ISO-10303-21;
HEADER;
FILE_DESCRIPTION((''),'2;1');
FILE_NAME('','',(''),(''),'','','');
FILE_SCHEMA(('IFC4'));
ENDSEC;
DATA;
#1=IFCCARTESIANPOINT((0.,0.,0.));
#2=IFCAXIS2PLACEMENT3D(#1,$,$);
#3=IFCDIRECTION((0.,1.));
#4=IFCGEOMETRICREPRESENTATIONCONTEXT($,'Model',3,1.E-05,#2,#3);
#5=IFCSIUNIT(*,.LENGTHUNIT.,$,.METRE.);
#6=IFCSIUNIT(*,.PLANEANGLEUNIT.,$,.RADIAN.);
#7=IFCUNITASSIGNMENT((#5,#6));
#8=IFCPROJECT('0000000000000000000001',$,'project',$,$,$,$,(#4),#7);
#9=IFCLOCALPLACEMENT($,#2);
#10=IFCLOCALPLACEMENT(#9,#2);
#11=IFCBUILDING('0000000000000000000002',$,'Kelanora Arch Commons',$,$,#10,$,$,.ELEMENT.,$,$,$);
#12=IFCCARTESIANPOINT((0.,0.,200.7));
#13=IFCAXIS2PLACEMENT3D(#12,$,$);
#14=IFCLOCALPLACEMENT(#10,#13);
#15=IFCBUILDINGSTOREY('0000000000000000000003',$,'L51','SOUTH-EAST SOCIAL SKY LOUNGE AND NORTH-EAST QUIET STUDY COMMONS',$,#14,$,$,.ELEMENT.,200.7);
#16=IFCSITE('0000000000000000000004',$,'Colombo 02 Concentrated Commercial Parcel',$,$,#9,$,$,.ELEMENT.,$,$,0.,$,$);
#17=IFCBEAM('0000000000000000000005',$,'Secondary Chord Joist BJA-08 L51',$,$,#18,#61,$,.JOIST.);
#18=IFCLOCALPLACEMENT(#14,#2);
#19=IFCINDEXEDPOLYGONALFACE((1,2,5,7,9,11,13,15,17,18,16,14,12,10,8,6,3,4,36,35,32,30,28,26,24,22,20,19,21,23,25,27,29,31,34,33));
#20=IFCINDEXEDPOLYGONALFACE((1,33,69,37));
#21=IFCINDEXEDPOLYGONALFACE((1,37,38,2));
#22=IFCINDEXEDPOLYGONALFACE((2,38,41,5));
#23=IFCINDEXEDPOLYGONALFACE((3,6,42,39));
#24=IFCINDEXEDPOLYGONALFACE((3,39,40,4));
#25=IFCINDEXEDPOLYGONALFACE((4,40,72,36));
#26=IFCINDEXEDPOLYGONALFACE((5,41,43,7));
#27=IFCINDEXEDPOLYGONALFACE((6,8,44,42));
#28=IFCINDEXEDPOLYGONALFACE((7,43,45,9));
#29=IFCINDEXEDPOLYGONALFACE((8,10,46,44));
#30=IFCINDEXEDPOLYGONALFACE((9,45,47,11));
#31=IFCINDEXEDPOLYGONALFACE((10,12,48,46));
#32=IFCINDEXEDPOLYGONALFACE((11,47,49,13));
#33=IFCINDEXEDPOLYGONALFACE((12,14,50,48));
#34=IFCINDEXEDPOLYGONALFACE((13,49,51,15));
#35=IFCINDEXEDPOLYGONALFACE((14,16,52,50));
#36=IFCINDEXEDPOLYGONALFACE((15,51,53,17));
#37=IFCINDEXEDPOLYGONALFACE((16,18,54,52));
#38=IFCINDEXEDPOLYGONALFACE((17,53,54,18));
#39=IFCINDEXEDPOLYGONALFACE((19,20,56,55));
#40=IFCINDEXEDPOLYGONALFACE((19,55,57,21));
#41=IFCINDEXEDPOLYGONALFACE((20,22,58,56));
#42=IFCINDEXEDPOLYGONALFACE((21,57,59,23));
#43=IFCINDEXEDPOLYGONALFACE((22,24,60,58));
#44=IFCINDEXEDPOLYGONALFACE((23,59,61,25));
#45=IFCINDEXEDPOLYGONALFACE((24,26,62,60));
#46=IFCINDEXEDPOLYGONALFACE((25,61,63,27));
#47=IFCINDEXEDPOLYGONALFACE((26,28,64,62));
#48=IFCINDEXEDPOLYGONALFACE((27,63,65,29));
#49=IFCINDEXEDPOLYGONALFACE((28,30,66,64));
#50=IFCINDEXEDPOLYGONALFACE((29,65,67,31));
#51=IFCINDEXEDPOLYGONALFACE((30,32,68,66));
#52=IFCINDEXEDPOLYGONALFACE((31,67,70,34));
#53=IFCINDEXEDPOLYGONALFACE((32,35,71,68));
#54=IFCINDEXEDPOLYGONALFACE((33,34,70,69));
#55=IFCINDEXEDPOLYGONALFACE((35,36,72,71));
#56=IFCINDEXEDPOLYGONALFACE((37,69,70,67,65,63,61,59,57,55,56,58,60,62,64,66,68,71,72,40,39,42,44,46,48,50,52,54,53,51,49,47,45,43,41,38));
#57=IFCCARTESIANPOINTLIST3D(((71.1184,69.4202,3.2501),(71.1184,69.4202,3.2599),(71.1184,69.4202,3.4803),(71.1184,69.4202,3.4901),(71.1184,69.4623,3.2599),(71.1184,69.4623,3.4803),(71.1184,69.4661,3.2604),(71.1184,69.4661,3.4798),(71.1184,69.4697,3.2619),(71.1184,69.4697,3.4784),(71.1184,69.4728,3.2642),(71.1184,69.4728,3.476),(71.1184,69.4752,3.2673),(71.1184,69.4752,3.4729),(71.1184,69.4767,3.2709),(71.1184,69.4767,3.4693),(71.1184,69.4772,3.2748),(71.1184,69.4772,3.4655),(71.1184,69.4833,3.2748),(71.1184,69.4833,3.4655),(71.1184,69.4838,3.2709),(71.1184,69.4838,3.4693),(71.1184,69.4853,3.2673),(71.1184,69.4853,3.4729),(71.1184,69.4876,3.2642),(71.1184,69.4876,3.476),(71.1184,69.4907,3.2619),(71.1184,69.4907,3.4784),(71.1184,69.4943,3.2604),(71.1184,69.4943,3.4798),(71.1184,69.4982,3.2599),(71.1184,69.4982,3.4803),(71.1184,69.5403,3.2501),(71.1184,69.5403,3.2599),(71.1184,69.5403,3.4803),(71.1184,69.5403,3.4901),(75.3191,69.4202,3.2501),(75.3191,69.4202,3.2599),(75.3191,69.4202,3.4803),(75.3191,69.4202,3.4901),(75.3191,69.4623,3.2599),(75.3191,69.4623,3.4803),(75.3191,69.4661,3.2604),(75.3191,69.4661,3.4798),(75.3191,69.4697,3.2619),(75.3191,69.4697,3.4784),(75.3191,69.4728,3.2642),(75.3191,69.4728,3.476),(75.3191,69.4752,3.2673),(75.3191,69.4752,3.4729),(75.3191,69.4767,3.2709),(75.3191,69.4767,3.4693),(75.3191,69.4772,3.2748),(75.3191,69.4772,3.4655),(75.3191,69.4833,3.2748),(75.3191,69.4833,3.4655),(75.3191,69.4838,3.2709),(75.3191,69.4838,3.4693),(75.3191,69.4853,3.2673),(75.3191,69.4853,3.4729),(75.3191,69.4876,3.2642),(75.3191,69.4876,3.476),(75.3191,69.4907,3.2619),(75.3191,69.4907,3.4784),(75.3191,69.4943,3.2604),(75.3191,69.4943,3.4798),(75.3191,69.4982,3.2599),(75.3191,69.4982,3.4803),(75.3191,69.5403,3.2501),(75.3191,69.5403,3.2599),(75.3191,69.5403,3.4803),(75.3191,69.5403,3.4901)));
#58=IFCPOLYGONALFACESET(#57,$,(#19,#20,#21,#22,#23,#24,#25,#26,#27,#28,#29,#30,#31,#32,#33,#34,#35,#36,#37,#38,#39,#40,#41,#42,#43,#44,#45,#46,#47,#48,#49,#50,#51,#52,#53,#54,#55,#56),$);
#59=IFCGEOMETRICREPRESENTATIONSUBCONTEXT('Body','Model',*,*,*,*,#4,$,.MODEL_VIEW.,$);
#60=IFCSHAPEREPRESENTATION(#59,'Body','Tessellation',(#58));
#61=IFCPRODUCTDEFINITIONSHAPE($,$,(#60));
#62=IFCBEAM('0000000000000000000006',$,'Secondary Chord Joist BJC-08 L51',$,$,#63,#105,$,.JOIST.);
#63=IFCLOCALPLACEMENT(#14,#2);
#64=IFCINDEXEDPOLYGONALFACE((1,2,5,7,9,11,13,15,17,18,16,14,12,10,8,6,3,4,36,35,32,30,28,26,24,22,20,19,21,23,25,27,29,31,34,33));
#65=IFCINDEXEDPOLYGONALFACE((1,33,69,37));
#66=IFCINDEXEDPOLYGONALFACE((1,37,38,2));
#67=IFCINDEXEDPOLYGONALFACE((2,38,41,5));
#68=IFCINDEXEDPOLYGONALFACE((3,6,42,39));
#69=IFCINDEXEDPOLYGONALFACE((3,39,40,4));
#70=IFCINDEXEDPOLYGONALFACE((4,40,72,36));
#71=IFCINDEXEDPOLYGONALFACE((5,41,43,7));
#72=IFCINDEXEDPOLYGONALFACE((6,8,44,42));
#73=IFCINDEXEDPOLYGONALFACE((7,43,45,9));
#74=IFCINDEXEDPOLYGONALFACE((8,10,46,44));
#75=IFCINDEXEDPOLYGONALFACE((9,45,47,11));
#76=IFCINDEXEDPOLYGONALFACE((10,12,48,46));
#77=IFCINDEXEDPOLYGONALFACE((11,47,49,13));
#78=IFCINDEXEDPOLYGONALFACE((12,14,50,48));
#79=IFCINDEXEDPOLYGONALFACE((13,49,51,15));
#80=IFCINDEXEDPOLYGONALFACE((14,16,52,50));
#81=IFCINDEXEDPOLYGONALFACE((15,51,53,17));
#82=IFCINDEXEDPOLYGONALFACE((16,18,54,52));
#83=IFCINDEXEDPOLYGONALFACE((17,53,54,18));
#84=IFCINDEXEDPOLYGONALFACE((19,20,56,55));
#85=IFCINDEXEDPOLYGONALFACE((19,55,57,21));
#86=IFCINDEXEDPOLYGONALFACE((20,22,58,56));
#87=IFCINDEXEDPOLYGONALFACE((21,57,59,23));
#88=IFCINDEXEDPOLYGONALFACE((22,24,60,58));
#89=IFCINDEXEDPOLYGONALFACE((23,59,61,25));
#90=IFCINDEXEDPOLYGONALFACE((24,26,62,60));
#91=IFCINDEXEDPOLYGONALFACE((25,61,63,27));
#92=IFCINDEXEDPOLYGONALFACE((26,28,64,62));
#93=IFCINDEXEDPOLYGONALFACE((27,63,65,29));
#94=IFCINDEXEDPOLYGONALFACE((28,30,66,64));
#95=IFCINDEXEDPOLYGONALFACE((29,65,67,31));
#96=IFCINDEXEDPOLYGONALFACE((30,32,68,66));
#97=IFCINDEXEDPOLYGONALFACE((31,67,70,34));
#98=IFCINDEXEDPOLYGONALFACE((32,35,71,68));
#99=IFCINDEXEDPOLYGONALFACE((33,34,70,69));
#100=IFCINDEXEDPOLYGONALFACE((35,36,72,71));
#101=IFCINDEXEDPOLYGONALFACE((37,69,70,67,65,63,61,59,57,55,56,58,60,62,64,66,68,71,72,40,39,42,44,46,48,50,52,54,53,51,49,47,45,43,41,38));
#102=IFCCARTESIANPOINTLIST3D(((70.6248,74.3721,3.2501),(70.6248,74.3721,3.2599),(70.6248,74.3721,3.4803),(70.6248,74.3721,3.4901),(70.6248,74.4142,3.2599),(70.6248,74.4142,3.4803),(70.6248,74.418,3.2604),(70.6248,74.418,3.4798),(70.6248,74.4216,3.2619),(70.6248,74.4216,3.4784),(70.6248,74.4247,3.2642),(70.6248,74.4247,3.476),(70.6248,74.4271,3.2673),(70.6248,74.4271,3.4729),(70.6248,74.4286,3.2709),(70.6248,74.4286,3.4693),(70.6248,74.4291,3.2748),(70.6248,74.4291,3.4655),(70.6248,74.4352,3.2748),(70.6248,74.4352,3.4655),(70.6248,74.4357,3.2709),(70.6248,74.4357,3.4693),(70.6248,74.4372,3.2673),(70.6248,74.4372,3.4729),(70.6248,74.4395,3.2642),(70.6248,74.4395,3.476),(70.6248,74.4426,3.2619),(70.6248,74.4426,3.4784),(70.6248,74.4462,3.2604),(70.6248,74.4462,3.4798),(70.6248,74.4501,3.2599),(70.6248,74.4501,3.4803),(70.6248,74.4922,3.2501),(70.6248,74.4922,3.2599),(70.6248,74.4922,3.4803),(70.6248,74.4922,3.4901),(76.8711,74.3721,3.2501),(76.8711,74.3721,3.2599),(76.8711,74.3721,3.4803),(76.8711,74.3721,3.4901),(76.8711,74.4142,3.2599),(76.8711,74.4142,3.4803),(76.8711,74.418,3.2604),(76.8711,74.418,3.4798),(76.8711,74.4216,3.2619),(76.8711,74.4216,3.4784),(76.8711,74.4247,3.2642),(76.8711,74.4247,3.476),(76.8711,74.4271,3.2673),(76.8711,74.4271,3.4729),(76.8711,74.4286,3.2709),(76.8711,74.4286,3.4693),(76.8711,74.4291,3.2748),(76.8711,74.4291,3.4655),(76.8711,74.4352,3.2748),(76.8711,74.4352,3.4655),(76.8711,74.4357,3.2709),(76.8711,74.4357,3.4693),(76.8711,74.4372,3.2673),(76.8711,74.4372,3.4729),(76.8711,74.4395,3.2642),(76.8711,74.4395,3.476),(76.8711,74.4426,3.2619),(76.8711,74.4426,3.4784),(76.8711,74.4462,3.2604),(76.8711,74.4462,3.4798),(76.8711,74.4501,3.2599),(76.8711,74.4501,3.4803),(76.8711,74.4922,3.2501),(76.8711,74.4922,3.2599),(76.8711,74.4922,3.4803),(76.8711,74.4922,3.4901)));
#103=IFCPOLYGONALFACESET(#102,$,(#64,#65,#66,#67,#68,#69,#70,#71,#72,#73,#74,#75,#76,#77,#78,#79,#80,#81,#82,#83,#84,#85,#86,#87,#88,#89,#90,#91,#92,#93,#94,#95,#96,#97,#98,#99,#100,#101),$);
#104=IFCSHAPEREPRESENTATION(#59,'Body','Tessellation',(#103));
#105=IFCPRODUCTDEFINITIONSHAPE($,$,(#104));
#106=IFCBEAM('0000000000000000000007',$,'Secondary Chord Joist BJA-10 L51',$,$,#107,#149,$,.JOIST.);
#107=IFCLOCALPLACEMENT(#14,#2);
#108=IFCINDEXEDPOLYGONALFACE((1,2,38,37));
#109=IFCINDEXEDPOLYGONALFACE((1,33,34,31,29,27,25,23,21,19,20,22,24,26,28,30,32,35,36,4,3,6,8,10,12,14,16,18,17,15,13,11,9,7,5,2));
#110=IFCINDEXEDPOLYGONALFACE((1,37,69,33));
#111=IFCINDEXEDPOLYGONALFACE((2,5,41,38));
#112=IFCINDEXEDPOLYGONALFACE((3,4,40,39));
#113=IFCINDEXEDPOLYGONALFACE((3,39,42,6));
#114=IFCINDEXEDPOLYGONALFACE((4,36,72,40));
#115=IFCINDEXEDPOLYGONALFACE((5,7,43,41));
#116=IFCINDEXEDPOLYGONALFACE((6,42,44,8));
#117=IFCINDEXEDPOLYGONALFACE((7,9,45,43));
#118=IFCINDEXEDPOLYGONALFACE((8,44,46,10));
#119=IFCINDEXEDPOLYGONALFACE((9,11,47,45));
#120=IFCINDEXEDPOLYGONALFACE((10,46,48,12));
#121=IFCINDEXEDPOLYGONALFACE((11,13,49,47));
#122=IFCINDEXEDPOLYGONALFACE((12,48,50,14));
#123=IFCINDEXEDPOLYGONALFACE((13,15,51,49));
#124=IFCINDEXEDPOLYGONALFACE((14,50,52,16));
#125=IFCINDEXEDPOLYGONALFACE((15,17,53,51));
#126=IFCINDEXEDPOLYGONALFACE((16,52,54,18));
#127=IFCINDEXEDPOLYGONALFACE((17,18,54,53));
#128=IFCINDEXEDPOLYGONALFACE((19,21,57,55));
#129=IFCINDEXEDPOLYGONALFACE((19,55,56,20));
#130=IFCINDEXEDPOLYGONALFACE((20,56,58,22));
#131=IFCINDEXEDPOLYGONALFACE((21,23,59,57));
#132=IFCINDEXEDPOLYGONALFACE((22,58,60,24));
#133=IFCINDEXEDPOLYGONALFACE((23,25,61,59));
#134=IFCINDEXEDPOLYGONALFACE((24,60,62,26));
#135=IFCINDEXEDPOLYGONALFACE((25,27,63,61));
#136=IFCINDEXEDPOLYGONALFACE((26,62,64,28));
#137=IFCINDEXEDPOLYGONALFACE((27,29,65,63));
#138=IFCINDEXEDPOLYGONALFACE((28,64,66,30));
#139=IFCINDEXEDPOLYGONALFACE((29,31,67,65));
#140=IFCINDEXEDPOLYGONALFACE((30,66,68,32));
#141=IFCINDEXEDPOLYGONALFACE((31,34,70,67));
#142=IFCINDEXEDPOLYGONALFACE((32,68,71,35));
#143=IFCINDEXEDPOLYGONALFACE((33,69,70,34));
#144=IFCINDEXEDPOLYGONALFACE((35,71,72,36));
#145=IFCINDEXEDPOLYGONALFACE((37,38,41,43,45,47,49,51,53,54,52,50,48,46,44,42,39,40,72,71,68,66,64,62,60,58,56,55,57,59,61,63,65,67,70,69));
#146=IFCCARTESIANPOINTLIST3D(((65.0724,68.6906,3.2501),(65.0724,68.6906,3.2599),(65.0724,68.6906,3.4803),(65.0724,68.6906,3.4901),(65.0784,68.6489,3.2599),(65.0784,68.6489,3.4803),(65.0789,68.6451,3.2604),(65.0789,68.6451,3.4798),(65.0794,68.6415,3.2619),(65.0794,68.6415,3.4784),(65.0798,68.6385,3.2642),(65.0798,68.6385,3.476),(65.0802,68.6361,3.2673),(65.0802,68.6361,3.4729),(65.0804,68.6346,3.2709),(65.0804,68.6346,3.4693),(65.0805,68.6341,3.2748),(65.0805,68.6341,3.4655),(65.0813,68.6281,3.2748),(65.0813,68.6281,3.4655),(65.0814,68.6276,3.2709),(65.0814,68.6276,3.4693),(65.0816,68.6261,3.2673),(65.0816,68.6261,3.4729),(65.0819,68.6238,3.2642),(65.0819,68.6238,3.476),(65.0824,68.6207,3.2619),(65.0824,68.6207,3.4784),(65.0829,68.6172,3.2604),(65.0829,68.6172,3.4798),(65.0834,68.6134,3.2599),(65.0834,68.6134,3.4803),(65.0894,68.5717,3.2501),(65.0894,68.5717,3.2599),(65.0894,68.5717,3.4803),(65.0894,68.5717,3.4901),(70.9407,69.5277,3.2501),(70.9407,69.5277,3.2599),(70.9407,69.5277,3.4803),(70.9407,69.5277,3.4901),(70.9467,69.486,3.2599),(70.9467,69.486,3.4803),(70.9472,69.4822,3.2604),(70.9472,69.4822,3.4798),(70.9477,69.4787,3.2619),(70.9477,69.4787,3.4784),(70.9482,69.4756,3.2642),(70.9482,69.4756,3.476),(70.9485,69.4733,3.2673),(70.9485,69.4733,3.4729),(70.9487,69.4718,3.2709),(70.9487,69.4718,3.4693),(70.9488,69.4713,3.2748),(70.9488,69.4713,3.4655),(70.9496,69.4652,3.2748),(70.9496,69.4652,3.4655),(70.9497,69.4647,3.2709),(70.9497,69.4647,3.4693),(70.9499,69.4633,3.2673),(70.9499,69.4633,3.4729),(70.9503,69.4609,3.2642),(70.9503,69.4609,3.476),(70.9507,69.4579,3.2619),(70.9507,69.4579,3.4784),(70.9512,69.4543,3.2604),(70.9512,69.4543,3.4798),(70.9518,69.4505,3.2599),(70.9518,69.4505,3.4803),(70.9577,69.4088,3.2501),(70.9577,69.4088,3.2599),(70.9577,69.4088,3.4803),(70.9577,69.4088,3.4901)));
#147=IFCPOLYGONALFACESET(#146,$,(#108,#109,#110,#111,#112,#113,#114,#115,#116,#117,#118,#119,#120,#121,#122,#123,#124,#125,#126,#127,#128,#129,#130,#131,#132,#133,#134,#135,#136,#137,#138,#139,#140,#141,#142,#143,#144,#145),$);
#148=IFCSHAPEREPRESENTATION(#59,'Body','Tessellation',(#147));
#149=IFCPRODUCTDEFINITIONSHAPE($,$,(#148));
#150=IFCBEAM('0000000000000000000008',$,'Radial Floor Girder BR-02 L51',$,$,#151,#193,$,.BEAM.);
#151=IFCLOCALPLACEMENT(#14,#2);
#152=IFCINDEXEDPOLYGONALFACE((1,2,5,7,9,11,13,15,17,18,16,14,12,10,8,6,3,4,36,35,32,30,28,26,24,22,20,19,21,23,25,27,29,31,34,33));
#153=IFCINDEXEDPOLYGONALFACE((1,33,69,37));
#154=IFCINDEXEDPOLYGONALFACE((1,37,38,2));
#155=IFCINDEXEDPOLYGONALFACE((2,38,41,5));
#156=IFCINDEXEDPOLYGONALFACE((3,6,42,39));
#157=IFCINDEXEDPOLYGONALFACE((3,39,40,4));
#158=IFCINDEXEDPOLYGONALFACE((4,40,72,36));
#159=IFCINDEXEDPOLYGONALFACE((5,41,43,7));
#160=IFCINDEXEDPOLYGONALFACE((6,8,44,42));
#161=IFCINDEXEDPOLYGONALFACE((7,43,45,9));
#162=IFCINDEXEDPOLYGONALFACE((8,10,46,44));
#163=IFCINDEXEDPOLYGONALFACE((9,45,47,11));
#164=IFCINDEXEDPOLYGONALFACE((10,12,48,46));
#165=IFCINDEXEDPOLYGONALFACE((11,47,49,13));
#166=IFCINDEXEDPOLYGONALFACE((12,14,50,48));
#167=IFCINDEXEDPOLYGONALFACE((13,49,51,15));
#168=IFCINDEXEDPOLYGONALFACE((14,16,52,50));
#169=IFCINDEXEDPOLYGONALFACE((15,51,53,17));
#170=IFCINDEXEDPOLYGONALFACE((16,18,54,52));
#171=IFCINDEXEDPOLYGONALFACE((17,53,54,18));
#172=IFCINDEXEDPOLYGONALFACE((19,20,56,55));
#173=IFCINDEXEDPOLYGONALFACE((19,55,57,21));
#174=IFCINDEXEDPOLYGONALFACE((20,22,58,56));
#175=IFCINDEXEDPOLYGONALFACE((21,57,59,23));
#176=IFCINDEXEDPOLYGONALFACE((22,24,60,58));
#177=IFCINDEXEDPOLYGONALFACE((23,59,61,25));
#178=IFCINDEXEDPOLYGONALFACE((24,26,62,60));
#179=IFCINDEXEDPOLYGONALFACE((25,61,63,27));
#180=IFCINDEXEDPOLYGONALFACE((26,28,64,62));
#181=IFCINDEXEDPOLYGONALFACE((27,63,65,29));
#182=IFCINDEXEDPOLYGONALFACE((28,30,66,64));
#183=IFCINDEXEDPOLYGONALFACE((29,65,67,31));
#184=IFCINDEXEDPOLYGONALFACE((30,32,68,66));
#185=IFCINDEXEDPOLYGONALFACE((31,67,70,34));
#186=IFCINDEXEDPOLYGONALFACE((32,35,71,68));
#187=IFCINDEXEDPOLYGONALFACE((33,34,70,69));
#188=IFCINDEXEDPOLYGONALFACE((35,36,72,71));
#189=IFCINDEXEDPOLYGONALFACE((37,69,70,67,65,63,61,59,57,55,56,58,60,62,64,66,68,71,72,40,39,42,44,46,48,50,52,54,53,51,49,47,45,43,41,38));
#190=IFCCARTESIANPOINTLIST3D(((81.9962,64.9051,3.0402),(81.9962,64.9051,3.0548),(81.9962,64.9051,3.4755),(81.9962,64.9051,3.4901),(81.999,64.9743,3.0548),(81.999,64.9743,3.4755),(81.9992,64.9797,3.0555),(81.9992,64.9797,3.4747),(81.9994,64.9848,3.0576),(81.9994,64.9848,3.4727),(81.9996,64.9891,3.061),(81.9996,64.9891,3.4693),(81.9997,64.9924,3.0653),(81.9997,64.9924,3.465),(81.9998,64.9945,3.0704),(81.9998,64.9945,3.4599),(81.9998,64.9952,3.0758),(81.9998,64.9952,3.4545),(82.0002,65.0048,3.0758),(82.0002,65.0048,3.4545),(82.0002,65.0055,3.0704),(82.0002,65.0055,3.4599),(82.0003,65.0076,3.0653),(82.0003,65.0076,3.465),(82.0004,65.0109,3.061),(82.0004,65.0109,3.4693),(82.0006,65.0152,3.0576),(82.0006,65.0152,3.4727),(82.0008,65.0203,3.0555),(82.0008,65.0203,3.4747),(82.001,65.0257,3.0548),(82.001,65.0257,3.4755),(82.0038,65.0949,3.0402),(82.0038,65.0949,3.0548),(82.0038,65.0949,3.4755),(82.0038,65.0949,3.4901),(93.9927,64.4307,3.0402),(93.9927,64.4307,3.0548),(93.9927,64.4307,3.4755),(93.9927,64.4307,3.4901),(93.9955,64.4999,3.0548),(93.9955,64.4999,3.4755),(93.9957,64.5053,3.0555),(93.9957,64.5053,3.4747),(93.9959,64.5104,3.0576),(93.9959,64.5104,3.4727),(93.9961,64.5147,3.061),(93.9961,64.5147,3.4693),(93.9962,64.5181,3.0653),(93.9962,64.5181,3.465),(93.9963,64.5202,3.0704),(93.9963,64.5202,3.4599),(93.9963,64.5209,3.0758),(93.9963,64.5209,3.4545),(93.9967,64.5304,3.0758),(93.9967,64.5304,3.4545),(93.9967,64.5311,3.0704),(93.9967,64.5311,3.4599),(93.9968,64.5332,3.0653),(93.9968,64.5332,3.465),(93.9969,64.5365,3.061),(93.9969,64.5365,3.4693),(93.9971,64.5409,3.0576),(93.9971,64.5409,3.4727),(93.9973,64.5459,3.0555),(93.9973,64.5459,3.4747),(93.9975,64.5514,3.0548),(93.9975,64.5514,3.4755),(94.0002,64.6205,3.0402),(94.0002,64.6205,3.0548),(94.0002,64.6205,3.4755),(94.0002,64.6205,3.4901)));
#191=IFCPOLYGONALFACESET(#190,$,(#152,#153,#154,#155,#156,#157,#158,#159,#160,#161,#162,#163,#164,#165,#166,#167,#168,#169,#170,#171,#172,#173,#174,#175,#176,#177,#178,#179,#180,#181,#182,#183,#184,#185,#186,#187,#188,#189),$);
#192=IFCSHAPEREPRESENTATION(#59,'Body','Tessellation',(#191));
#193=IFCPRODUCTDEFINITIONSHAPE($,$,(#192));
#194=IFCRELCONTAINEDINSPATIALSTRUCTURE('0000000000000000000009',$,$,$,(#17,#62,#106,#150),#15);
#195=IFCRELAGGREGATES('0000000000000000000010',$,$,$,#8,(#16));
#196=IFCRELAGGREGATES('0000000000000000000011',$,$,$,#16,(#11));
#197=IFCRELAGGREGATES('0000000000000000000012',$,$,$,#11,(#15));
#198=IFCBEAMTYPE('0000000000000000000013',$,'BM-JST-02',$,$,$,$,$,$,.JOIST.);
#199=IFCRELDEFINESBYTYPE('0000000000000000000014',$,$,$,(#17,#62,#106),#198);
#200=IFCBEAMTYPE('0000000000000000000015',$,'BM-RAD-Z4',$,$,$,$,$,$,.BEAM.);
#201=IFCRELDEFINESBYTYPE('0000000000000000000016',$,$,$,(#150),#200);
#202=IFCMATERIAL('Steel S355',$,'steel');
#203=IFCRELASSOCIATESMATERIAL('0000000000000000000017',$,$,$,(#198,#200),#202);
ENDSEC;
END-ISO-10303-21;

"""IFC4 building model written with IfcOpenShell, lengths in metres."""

from ifc_helpers import new_model, si_unit, direction, frame, origin, origin_2d, place, context, subcontext, project, spatial, i_section, extrude, material, material_profile, profile_set, type_object, element, save


model = new_model("IFC4")

# Units and contexts
model_context = context("Model", 3, precision=1e-05, world=origin(), true_north=direction((0.0, 1.0)))
body_context = subcontext(model_context, "Body", "Model", "MODEL_VIEW")
ifc_project = project(units=[si_unit("LENGTHUNIT", "METRE"), si_unit("PLANEANGLEUNIT", "RADIAN")], contexts=[model_context])

# Site, building, storey
site_placement = place(None, origin())
site = spatial("IfcSite", under=ifc_project, at=site_placement, Name="Colombo 02 Concentrated Commercial Parcel", CompositionType="ELEMENT", RefElevation=0.0)
building_placement = place(site_placement, origin())
building = spatial("IfcBuilding", under=site, at=building_placement, Name="Kelanora Arch Commons", CompositionType="ELEMENT")
storey_placement = place(building_placement, frame((0.0, 0.0, 200.7)))
storey = spatial("IfcBuildingStorey", under=building, at=storey_placement, Name="L51", Description="SOUTH-EAST SOCIAL SKY LOUNGE AND NORTH-EAST QUIET STUDY COMMONS", CompositionType="ELEMENT", Elevation=200.7)

# Beams
ifc_material_1 = material(Name="Steel S355", Category="steel")
ifc_material_profile_1 = material_profile(ifc_material_1, i_section(OverallWidth=0.1201, OverallDepth=0.24, WebThickness=0.0061, FlangeThickness=0.0098, FilletRadius=0.0149, at=origin_2d()), Name="IPE240")
ifc_profile_set_1 = profile_set([ifc_material_profile_1], Name="Steel S355")
beam_type_1 = type_object("IfcBeamType", Name="BM-JST-02", PredefinedType="JOIST", material=ifc_profile_set_1)
beam_1_placement = place(storey_placement, frame((75.3191, 69.4802, 3.3701), z_axis=(-1.0, 0.0, 0.0), x_axis=(0.0, -1.0, 0.0)))
element("IfcBeam", 1, at=beam_1_placement, inside=storey, type_object=beam_type_1, Name="Secondary Chord Joist BJA-08 L51", PredefinedType="JOIST", context=body_context, shape_type="SweptSolid", body=[
    extrude(i_section(OverallWidth=0.1201, OverallDepth=0.24, WebThickness=0.0061, FlangeThickness=0.0098, FilletRadius=0.0149, at=origin_2d()), origin(), (0.0, 0.0, 1.0), 4.2007),
])
beam_2_placement = place(storey_placement, frame((76.8711, 74.4321, 3.3701), z_axis=(-1.0, 0.0, 0.0), x_axis=(0.0, -1.0, 0.0)))
element("IfcBeam", 2, at=beam_2_placement, inside=storey, type_object=beam_type_1, Name="Secondary Chord Joist BJC-08 L51", PredefinedType="JOIST", context=body_context, shape_type="SweptSolid", body=[
    extrude(i_section(OverallWidth=0.1201, OverallDepth=0.24, WebThickness=0.0061, FlangeThickness=0.0098, FilletRadius=0.0149, at=origin_2d()), origin(), (0.0, 0.0, 1.0), 6.2463),
])
beam_3_placement = place(storey_placement, frame((70.9492, 69.4683, 3.3701), z_axis=(-0.989977, -0.141225, 0.0), x_axis=(0.141225, -0.989977, 0.0)))
element("IfcBeam", 3, at=beam_3_placement, inside=storey, type_object=beam_type_1, Name="Secondary Chord Joist BJA-10 L51", PredefinedType="JOIST", context=body_context, shape_type="SweptSolid", body=[
    extrude(i_section(OverallWidth=0.1201, OverallDepth=0.24, WebThickness=0.0061, FlangeThickness=0.0098, FilletRadius=0.0149, at=origin_2d()), origin(), (0.0, 0.0, 1.0), 5.9277),
])
ifc_material_profile_2 = material_profile(ifc_material_1, i_section(OverallWidth=0.1899, OverallDepth=0.45, WebThickness=0.0095, FlangeThickness=0.0146, FilletRadius=0.021, at=origin_2d()), Name="IPE450")
ifc_profile_set_2 = profile_set([ifc_material_profile_2], Name="Steel S355")
beam_type_2 = type_object("IfcBeamType", Name="BM-RAD-Z4", PredefinedType="BEAM", material=ifc_profile_set_2)
beam_4_placement = place(storey_placement, frame((82.0, 65.0, 3.2651), z_axis=(0.999219, -0.039511, 0.0), x_axis=(0.039511, 0.999219, 0.0)))
element("IfcBeam", 4, at=beam_4_placement, inside=storey, type_object=beam_type_2, Name="Radial Floor Girder BR-02 L51", PredefinedType="BEAM", context=body_context, shape_type="SweptSolid", body=[
    extrude(i_section(OverallWidth=0.1899, OverallDepth=0.45, WebThickness=0.0095, FlangeThickness=0.0146, FilletRadius=0.021, at=origin_2d()), origin(), (0.0, 0.0, 1.0), 12.0059),
])

save(model, "model.ifc")
